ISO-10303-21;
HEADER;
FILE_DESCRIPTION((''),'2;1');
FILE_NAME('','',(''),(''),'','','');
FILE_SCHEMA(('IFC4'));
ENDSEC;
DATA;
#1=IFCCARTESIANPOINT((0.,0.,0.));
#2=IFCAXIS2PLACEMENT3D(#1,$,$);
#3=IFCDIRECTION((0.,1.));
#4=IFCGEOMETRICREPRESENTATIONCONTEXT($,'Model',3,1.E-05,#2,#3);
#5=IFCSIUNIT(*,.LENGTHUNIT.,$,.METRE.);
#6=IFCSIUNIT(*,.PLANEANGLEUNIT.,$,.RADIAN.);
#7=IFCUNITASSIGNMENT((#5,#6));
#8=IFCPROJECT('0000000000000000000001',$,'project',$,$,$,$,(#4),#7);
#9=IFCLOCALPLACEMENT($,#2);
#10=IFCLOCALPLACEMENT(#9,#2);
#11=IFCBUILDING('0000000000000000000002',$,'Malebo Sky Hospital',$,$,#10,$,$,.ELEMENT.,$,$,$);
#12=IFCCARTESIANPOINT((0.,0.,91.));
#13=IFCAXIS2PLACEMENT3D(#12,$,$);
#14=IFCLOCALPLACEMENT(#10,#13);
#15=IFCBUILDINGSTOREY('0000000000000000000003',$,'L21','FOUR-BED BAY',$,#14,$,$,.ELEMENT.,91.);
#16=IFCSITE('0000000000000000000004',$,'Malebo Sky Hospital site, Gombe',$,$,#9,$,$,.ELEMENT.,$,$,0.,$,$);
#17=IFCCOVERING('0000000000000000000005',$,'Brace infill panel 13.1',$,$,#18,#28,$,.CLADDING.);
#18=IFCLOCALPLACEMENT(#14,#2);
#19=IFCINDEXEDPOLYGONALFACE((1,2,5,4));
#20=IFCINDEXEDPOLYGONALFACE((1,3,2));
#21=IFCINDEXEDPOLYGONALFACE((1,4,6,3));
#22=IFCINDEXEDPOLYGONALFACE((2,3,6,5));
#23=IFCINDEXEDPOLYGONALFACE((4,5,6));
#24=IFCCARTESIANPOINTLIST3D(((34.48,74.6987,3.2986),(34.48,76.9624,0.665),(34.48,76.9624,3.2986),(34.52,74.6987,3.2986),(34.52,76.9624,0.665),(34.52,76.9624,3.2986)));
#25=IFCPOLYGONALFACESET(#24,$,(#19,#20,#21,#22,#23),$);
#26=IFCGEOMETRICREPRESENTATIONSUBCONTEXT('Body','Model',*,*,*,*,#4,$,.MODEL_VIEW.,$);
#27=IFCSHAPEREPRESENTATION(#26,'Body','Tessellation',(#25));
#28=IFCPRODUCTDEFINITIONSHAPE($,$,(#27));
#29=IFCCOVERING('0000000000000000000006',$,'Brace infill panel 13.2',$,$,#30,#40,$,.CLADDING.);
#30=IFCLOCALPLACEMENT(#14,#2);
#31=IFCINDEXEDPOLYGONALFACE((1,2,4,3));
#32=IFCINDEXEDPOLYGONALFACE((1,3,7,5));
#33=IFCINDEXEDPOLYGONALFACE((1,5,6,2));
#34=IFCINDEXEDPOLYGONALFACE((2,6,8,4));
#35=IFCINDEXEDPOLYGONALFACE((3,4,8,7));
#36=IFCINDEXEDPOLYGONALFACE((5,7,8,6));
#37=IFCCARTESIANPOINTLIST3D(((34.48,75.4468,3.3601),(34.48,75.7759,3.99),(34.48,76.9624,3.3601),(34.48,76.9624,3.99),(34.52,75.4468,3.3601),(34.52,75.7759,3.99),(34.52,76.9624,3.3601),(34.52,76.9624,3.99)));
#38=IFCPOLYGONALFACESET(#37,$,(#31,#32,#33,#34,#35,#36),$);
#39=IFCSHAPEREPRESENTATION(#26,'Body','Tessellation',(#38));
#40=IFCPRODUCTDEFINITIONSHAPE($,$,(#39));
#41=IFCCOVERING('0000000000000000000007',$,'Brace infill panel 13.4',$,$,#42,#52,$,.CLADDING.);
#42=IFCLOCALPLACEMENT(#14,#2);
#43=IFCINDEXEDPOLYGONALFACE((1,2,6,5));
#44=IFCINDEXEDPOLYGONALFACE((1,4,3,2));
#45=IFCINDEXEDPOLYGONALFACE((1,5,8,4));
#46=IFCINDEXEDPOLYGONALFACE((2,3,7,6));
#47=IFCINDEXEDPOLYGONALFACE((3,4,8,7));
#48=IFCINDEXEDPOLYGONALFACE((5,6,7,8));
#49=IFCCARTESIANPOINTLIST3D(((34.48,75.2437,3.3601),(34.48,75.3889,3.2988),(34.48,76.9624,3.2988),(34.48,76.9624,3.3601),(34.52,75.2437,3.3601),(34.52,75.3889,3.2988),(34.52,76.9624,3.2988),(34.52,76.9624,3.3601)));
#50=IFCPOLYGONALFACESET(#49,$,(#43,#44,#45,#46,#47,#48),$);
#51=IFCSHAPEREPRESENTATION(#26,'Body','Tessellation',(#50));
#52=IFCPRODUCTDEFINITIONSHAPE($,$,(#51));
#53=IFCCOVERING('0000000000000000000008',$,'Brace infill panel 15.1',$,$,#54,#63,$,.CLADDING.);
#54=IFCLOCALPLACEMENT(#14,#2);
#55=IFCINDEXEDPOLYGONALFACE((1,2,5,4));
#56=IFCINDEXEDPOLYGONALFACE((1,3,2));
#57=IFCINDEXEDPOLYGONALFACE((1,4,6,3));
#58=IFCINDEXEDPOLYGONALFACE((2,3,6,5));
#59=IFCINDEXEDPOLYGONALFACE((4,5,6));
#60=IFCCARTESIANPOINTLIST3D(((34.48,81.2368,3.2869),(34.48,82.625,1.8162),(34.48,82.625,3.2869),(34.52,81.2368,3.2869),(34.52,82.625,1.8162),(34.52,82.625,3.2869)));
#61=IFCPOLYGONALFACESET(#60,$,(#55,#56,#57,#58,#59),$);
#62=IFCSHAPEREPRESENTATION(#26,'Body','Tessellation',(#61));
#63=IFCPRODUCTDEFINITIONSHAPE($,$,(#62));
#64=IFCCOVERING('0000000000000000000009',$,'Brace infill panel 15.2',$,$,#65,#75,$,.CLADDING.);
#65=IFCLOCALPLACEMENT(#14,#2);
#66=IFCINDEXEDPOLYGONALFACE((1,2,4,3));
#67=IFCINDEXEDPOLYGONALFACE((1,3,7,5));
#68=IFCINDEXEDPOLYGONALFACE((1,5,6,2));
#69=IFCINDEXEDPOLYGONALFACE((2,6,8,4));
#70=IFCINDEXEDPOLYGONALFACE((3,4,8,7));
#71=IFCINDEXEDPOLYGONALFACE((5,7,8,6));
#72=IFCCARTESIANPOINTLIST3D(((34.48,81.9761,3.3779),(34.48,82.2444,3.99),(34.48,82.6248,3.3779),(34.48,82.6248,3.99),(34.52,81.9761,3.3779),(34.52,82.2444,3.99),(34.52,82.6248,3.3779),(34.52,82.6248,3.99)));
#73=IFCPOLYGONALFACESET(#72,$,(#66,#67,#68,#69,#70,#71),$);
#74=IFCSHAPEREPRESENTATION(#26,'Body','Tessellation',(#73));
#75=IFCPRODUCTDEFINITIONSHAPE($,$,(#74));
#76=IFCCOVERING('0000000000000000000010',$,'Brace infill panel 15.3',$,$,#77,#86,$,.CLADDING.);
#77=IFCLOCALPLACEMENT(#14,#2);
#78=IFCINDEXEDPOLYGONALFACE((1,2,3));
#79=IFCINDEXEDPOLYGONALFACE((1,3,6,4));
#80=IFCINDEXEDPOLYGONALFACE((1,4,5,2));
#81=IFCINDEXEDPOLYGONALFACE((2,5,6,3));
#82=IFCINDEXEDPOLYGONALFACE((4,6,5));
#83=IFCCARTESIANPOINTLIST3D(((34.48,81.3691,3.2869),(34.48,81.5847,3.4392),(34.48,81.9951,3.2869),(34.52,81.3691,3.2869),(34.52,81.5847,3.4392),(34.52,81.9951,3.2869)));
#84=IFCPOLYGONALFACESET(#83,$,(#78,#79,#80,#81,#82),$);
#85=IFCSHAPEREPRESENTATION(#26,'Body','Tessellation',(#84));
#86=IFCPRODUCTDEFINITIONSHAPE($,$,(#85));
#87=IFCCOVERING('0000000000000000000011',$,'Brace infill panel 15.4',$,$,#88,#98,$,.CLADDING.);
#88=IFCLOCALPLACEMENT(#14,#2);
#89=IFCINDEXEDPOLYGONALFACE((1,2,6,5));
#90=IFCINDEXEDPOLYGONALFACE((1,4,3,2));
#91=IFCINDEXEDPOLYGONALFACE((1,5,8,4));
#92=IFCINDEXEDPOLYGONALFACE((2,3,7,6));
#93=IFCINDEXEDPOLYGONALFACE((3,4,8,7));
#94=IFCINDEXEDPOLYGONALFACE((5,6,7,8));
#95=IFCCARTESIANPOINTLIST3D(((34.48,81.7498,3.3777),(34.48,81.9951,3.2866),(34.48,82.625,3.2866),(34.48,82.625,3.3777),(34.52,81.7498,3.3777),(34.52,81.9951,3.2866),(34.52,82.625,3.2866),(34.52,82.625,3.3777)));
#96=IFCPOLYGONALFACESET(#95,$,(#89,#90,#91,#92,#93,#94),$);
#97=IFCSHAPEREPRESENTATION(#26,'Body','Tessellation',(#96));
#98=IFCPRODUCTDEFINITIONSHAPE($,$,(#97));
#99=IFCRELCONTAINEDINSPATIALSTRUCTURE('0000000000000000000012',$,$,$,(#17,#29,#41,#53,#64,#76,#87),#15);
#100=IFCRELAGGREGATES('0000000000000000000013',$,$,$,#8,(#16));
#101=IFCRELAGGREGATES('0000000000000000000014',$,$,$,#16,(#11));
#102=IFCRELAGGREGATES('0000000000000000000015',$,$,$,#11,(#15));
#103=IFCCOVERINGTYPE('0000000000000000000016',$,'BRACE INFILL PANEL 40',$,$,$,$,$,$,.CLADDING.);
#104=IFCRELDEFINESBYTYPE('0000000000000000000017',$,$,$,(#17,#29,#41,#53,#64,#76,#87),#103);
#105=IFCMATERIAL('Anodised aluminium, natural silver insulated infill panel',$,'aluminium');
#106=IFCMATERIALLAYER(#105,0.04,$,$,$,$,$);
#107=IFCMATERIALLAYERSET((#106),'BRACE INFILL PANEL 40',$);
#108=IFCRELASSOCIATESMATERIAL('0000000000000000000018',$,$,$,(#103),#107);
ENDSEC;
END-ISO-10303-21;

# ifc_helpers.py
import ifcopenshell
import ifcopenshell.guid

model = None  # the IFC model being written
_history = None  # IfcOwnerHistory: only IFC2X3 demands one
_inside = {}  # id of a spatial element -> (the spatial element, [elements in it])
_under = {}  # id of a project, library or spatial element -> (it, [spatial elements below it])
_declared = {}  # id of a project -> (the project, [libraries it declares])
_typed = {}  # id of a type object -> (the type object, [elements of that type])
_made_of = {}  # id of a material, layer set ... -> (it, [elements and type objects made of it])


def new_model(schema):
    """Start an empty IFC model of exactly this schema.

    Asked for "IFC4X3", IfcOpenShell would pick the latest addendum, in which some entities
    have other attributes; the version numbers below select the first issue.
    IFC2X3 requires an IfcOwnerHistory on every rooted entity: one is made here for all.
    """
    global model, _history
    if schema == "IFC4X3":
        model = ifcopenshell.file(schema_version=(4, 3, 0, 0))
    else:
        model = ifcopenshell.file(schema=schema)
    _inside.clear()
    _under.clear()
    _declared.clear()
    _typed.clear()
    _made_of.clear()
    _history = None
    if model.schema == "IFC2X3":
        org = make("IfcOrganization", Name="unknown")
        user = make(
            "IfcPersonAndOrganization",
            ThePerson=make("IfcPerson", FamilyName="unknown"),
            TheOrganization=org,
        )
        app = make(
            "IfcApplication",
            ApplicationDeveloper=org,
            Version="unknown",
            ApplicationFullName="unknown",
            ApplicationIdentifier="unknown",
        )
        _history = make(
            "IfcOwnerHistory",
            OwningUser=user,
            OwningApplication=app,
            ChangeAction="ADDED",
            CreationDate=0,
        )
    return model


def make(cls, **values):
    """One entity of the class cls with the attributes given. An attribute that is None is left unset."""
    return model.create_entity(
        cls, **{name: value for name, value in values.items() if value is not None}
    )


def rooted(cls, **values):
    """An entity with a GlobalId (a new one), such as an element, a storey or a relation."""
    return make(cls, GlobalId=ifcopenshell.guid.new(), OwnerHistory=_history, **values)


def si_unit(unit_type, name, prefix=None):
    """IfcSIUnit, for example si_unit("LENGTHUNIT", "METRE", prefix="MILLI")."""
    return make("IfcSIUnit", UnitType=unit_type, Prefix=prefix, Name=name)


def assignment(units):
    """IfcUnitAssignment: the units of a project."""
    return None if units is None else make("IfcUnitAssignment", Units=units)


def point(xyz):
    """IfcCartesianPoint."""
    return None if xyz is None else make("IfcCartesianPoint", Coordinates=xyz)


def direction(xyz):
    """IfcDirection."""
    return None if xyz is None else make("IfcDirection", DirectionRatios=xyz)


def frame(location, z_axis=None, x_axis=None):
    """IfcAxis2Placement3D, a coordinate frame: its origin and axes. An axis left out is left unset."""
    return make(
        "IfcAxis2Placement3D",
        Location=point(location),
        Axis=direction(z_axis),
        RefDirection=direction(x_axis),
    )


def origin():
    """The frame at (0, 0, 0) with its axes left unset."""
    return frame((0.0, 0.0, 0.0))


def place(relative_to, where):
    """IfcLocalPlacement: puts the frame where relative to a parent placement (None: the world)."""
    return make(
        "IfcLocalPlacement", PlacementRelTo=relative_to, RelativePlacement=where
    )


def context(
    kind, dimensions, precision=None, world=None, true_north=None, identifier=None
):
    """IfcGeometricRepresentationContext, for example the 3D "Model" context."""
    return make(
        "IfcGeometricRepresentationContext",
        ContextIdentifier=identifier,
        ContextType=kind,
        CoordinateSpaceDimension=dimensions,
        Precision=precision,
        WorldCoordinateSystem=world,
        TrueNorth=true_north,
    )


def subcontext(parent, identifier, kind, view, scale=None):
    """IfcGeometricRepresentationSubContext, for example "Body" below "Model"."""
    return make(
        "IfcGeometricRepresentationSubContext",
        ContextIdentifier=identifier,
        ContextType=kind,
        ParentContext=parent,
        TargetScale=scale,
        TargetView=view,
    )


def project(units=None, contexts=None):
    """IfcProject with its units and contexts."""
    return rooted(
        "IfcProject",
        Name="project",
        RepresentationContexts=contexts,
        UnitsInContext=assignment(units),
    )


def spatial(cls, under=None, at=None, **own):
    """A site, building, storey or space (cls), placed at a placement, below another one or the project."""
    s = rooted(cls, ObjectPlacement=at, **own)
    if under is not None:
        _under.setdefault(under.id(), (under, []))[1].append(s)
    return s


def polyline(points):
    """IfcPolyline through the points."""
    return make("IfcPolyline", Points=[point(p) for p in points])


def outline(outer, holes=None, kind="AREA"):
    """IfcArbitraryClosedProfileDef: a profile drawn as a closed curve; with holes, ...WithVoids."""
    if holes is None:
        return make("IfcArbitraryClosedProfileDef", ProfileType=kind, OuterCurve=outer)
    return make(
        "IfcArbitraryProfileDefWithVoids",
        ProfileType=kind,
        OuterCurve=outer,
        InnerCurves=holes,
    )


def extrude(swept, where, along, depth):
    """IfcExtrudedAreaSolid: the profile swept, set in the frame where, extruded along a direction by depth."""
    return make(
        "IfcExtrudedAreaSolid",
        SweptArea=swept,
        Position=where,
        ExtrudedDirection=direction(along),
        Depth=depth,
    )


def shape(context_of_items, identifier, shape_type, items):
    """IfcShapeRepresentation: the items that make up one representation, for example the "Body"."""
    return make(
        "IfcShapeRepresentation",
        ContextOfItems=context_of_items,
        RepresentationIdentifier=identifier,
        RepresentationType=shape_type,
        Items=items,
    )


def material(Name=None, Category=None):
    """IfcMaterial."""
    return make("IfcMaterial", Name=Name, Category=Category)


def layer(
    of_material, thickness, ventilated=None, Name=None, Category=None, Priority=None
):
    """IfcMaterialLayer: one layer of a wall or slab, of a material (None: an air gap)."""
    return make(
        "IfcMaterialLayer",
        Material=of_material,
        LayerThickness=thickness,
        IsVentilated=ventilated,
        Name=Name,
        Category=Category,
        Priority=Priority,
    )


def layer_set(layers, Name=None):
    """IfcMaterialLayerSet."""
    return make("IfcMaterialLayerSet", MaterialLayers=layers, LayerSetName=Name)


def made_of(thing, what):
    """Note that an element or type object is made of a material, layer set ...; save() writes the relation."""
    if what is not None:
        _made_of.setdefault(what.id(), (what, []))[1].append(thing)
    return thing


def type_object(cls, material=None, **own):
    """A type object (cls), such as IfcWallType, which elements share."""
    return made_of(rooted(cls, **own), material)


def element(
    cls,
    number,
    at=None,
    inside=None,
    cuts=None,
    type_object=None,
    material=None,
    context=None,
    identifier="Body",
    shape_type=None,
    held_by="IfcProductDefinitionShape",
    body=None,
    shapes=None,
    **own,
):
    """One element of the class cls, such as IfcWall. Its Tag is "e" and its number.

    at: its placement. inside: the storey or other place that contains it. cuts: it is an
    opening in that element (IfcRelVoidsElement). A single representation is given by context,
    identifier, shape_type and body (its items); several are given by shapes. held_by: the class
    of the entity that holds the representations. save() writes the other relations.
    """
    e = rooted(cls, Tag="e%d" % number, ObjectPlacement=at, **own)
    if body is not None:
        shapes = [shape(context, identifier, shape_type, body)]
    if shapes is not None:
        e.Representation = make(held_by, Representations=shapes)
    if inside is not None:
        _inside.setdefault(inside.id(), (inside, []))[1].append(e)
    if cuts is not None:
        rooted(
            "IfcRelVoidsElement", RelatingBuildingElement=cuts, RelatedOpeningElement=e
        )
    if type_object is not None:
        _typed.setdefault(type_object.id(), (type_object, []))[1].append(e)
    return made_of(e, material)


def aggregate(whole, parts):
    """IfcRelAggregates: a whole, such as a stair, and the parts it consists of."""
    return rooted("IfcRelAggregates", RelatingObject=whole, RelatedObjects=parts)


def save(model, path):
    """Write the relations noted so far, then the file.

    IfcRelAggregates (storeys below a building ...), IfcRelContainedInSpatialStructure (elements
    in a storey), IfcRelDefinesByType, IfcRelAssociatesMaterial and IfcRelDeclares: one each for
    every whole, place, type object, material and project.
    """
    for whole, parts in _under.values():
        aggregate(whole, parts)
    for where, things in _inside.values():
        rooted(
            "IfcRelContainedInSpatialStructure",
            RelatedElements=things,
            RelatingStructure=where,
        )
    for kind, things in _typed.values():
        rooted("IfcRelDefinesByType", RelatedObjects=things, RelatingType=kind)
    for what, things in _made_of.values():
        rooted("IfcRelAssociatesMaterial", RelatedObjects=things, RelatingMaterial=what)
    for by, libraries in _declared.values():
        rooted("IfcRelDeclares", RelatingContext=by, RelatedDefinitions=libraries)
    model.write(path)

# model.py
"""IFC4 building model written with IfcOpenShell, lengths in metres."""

from ifc_helpers import new_model, si_unit, direction, frame, origin, place, context, subcontext, project, spatial, polyline, outline, extrude, material, layer, layer_set, type_object, element, save


model = new_model("IFC4")

# Units and contexts
model_context = context("Model", 3, precision=1e-05, world=origin(), true_north=direction((0.0, 1.0)))
body_context = subcontext(model_context, "Body", "Model", "MODEL_VIEW")
ifc_project = project(units=[si_unit("LENGTHUNIT", "METRE"), si_unit("PLANEANGLEUNIT", "RADIAN")], contexts=[model_context])

# Site, building, storey
site_placement = place(None, origin())
site = spatial("IfcSite", under=ifc_project, at=site_placement, Name="Malebo Sky Hospital site, Gombe", CompositionType="ELEMENT", RefElevation=0.0)
building_placement = place(site_placement, origin())
building = spatial("IfcBuilding", under=site, at=building_placement, Name="Malebo Sky Hospital", CompositionType="ELEMENT")
storey_placement = place(building_placement, frame((0.0, 0.0, 91.0)))
storey = spatial("IfcBuildingStorey", under=building, at=storey_placement, Name="L21", Description="FOUR-BED BAY", CompositionType="ELEMENT", Elevation=91.0)

# Coverings
ifc_material_1 = material(Name="Anodised aluminium, natural silver insulated infill panel", Category="aluminium")
ifc_layer_1 = layer(ifc_material_1, 0.04)
ifc_layer_set_1 = layer_set([ifc_layer_1], Name="BRACE INFILL PANEL 40")
covering_type = type_object("IfcCoveringType", Name="BRACE INFILL PANEL 40", PredefinedType="CLADDING", material=ifc_layer_set_1)
covering_1_placement = place(storey_placement, frame((34.5, 75.8306, 0.665), z_axis=(0.0, 0.0, 1.0), x_axis=(0.0, 1.0, 0.0)))
element("IfcCovering", 1, at=covering_1_placement, inside=storey, type_object=covering_type, Name="Brace infill panel 13.1", PredefinedType="CLADDING", context=body_context, shape_type="SweptSolid", body=[
    extrude(outline(polyline([(1.1318, 0.0), (1.1318, 2.6335), (-1.1318, 2.6335), (1.1318, 0.0)])), frame((0.0, 0.02, 0.0), z_axis=(0.0, -1.0, 0.0), x_axis=(1.0, 0.0, 0.0)), (0.0, 0.0, 1.0), 0.04),
])
covering_2_placement = place(storey_placement, frame((34.5, 76.2046, 3.3601), z_axis=(0.0, 0.0, 1.0), x_axis=(0.0, 1.0, 0.0)))
element("IfcCovering", 2, at=covering_2_placement, inside=storey, type_object=covering_type, Name="Brace infill panel 13.2", PredefinedType="CLADDING", context=body_context, shape_type="SweptSolid", body=[
    extrude(outline(polyline([(-0.7578, 0.0), (0.7578, 0.0), (0.7578, 0.6299), (-0.4287, 0.6299), (-0.7578, 0.0)])), frame((0.0, 0.02, 0.0), z_axis=(0.0, -1.0, 0.0), x_axis=(1.0, 0.0, 0.0)), (0.0, 0.0, 1.0), 0.04),
])
covering_3_placement = place(storey_placement, frame((34.5, 76.103, 3.2988), z_axis=(0.0, 0.0, 1.0), x_axis=(0.0, 1.0, 0.0)))
element("IfcCovering", 3, at=covering_3_placement, inside=storey, type_object=covering_type, Name="Brace infill panel 13.4", PredefinedType="CLADDING", context=body_context, shape_type="SweptSolid", body=[
    extrude(outline(polyline([(-0.7141, 0.0), (0.8594, 0.0), (0.8594, 0.0613), (-0.8594, 0.0613), (-0.7141, 0.0)])), frame((0.0, 0.02, 0.0), z_axis=(0.0, -1.0, 0.0), x_axis=(1.0, 0.0, 0.0)), (0.0, 0.0, 1.0), 0.04),
])
covering_4_placement = place(storey_placement, frame((34.5, 81.9309, 1.8162), z_axis=(0.0, 0.0, 1.0), x_axis=(0.0, 1.0, 0.0)))
element("IfcCovering", 4, at=covering_4_placement, inside=storey, type_object=covering_type, Name="Brace infill panel 15.1", PredefinedType="CLADDING", context=body_context, shape_type="SweptSolid", body=[
    extrude(outline(polyline([(0.6941, 0.0), (0.6941, 1.4707), (-0.6941, 1.4707), (0.6941, 0.0)])), frame((0.0, 0.02, 0.0), z_axis=(0.0, -1.0, 0.0), x_axis=(1.0, 0.0, 0.0)), (0.0, 0.0, 1.0), 0.04),
])
covering_5_placement = place(storey_placement, frame((34.5, 82.3005, 3.3779), z_axis=(0.0, 0.0, 1.0), x_axis=(0.0, 1.0, 0.0)))
element("IfcCovering", 5, at=covering_5_placement, inside=storey, type_object=covering_type, Name="Brace infill panel 15.2", PredefinedType="CLADDING", context=body_context, shape_type="SweptSolid", body=[
    extrude(outline(polyline([(-0.3245, 0.0), (0.3242, 0.0), (0.3242, 0.6121), (-0.0562, 0.6121), (-0.3245, 0.0)])), frame((0.0, 0.02, 0.0), z_axis=(0.0, -1.0, 0.0), x_axis=(1.0, 0.0, 0.0)), (0.0, 0.0, 1.0), 0.04),
])
covering_6_placement = place(storey_placement, frame((34.5, 81.6821, 3.2869), z_axis=(0.0, 0.0, 1.0), x_axis=(0.0, 1.0, 0.0)))
element("IfcCovering", 6, at=covering_6_placement, inside=storey, type_object=covering_type, Name="Brace infill panel 15.3", PredefinedType="CLADDING", context=body_context, shape_type="SweptSolid", body=[
    extrude(outline(polyline([(-0.313, 0.0), (0.313, 0.0), (-0.0974, 0.1523), (-0.313, 0.0)])), frame((0.0, 0.02, 0.0), z_axis=(0.0, -1.0, 0.0), x_axis=(1.0, 0.0, 0.0)), (0.0, 0.0, 1.0), 0.04),
])
covering_7_placement = place(storey_placement, frame((34.5, 82.1873, 3.2866), z_axis=(0.0, 0.0, 1.0), x_axis=(0.0, 1.0, 0.0)))
element("IfcCovering", 7, at=covering_7_placement, inside=storey, type_object=covering_type, Name="Brace infill panel 15.4", PredefinedType="CLADDING", context=body_context, shape_type="SweptSolid", body=[
    extrude(outline(polyline([(-0.1921, 0.0), (0.4377, 0.0), (0.4377, 0.0911), (-0.4375, 0.0911), (-0.1921, 0.0)])), frame((0.0, 0.02, 0.0), z_axis=(0.0, -1.0, 0.0), x_axis=(1.0, 0.0, 0.0)), (0.0, 0.0, 1.0), 0.04),
])

save(model, "model.ifc")
